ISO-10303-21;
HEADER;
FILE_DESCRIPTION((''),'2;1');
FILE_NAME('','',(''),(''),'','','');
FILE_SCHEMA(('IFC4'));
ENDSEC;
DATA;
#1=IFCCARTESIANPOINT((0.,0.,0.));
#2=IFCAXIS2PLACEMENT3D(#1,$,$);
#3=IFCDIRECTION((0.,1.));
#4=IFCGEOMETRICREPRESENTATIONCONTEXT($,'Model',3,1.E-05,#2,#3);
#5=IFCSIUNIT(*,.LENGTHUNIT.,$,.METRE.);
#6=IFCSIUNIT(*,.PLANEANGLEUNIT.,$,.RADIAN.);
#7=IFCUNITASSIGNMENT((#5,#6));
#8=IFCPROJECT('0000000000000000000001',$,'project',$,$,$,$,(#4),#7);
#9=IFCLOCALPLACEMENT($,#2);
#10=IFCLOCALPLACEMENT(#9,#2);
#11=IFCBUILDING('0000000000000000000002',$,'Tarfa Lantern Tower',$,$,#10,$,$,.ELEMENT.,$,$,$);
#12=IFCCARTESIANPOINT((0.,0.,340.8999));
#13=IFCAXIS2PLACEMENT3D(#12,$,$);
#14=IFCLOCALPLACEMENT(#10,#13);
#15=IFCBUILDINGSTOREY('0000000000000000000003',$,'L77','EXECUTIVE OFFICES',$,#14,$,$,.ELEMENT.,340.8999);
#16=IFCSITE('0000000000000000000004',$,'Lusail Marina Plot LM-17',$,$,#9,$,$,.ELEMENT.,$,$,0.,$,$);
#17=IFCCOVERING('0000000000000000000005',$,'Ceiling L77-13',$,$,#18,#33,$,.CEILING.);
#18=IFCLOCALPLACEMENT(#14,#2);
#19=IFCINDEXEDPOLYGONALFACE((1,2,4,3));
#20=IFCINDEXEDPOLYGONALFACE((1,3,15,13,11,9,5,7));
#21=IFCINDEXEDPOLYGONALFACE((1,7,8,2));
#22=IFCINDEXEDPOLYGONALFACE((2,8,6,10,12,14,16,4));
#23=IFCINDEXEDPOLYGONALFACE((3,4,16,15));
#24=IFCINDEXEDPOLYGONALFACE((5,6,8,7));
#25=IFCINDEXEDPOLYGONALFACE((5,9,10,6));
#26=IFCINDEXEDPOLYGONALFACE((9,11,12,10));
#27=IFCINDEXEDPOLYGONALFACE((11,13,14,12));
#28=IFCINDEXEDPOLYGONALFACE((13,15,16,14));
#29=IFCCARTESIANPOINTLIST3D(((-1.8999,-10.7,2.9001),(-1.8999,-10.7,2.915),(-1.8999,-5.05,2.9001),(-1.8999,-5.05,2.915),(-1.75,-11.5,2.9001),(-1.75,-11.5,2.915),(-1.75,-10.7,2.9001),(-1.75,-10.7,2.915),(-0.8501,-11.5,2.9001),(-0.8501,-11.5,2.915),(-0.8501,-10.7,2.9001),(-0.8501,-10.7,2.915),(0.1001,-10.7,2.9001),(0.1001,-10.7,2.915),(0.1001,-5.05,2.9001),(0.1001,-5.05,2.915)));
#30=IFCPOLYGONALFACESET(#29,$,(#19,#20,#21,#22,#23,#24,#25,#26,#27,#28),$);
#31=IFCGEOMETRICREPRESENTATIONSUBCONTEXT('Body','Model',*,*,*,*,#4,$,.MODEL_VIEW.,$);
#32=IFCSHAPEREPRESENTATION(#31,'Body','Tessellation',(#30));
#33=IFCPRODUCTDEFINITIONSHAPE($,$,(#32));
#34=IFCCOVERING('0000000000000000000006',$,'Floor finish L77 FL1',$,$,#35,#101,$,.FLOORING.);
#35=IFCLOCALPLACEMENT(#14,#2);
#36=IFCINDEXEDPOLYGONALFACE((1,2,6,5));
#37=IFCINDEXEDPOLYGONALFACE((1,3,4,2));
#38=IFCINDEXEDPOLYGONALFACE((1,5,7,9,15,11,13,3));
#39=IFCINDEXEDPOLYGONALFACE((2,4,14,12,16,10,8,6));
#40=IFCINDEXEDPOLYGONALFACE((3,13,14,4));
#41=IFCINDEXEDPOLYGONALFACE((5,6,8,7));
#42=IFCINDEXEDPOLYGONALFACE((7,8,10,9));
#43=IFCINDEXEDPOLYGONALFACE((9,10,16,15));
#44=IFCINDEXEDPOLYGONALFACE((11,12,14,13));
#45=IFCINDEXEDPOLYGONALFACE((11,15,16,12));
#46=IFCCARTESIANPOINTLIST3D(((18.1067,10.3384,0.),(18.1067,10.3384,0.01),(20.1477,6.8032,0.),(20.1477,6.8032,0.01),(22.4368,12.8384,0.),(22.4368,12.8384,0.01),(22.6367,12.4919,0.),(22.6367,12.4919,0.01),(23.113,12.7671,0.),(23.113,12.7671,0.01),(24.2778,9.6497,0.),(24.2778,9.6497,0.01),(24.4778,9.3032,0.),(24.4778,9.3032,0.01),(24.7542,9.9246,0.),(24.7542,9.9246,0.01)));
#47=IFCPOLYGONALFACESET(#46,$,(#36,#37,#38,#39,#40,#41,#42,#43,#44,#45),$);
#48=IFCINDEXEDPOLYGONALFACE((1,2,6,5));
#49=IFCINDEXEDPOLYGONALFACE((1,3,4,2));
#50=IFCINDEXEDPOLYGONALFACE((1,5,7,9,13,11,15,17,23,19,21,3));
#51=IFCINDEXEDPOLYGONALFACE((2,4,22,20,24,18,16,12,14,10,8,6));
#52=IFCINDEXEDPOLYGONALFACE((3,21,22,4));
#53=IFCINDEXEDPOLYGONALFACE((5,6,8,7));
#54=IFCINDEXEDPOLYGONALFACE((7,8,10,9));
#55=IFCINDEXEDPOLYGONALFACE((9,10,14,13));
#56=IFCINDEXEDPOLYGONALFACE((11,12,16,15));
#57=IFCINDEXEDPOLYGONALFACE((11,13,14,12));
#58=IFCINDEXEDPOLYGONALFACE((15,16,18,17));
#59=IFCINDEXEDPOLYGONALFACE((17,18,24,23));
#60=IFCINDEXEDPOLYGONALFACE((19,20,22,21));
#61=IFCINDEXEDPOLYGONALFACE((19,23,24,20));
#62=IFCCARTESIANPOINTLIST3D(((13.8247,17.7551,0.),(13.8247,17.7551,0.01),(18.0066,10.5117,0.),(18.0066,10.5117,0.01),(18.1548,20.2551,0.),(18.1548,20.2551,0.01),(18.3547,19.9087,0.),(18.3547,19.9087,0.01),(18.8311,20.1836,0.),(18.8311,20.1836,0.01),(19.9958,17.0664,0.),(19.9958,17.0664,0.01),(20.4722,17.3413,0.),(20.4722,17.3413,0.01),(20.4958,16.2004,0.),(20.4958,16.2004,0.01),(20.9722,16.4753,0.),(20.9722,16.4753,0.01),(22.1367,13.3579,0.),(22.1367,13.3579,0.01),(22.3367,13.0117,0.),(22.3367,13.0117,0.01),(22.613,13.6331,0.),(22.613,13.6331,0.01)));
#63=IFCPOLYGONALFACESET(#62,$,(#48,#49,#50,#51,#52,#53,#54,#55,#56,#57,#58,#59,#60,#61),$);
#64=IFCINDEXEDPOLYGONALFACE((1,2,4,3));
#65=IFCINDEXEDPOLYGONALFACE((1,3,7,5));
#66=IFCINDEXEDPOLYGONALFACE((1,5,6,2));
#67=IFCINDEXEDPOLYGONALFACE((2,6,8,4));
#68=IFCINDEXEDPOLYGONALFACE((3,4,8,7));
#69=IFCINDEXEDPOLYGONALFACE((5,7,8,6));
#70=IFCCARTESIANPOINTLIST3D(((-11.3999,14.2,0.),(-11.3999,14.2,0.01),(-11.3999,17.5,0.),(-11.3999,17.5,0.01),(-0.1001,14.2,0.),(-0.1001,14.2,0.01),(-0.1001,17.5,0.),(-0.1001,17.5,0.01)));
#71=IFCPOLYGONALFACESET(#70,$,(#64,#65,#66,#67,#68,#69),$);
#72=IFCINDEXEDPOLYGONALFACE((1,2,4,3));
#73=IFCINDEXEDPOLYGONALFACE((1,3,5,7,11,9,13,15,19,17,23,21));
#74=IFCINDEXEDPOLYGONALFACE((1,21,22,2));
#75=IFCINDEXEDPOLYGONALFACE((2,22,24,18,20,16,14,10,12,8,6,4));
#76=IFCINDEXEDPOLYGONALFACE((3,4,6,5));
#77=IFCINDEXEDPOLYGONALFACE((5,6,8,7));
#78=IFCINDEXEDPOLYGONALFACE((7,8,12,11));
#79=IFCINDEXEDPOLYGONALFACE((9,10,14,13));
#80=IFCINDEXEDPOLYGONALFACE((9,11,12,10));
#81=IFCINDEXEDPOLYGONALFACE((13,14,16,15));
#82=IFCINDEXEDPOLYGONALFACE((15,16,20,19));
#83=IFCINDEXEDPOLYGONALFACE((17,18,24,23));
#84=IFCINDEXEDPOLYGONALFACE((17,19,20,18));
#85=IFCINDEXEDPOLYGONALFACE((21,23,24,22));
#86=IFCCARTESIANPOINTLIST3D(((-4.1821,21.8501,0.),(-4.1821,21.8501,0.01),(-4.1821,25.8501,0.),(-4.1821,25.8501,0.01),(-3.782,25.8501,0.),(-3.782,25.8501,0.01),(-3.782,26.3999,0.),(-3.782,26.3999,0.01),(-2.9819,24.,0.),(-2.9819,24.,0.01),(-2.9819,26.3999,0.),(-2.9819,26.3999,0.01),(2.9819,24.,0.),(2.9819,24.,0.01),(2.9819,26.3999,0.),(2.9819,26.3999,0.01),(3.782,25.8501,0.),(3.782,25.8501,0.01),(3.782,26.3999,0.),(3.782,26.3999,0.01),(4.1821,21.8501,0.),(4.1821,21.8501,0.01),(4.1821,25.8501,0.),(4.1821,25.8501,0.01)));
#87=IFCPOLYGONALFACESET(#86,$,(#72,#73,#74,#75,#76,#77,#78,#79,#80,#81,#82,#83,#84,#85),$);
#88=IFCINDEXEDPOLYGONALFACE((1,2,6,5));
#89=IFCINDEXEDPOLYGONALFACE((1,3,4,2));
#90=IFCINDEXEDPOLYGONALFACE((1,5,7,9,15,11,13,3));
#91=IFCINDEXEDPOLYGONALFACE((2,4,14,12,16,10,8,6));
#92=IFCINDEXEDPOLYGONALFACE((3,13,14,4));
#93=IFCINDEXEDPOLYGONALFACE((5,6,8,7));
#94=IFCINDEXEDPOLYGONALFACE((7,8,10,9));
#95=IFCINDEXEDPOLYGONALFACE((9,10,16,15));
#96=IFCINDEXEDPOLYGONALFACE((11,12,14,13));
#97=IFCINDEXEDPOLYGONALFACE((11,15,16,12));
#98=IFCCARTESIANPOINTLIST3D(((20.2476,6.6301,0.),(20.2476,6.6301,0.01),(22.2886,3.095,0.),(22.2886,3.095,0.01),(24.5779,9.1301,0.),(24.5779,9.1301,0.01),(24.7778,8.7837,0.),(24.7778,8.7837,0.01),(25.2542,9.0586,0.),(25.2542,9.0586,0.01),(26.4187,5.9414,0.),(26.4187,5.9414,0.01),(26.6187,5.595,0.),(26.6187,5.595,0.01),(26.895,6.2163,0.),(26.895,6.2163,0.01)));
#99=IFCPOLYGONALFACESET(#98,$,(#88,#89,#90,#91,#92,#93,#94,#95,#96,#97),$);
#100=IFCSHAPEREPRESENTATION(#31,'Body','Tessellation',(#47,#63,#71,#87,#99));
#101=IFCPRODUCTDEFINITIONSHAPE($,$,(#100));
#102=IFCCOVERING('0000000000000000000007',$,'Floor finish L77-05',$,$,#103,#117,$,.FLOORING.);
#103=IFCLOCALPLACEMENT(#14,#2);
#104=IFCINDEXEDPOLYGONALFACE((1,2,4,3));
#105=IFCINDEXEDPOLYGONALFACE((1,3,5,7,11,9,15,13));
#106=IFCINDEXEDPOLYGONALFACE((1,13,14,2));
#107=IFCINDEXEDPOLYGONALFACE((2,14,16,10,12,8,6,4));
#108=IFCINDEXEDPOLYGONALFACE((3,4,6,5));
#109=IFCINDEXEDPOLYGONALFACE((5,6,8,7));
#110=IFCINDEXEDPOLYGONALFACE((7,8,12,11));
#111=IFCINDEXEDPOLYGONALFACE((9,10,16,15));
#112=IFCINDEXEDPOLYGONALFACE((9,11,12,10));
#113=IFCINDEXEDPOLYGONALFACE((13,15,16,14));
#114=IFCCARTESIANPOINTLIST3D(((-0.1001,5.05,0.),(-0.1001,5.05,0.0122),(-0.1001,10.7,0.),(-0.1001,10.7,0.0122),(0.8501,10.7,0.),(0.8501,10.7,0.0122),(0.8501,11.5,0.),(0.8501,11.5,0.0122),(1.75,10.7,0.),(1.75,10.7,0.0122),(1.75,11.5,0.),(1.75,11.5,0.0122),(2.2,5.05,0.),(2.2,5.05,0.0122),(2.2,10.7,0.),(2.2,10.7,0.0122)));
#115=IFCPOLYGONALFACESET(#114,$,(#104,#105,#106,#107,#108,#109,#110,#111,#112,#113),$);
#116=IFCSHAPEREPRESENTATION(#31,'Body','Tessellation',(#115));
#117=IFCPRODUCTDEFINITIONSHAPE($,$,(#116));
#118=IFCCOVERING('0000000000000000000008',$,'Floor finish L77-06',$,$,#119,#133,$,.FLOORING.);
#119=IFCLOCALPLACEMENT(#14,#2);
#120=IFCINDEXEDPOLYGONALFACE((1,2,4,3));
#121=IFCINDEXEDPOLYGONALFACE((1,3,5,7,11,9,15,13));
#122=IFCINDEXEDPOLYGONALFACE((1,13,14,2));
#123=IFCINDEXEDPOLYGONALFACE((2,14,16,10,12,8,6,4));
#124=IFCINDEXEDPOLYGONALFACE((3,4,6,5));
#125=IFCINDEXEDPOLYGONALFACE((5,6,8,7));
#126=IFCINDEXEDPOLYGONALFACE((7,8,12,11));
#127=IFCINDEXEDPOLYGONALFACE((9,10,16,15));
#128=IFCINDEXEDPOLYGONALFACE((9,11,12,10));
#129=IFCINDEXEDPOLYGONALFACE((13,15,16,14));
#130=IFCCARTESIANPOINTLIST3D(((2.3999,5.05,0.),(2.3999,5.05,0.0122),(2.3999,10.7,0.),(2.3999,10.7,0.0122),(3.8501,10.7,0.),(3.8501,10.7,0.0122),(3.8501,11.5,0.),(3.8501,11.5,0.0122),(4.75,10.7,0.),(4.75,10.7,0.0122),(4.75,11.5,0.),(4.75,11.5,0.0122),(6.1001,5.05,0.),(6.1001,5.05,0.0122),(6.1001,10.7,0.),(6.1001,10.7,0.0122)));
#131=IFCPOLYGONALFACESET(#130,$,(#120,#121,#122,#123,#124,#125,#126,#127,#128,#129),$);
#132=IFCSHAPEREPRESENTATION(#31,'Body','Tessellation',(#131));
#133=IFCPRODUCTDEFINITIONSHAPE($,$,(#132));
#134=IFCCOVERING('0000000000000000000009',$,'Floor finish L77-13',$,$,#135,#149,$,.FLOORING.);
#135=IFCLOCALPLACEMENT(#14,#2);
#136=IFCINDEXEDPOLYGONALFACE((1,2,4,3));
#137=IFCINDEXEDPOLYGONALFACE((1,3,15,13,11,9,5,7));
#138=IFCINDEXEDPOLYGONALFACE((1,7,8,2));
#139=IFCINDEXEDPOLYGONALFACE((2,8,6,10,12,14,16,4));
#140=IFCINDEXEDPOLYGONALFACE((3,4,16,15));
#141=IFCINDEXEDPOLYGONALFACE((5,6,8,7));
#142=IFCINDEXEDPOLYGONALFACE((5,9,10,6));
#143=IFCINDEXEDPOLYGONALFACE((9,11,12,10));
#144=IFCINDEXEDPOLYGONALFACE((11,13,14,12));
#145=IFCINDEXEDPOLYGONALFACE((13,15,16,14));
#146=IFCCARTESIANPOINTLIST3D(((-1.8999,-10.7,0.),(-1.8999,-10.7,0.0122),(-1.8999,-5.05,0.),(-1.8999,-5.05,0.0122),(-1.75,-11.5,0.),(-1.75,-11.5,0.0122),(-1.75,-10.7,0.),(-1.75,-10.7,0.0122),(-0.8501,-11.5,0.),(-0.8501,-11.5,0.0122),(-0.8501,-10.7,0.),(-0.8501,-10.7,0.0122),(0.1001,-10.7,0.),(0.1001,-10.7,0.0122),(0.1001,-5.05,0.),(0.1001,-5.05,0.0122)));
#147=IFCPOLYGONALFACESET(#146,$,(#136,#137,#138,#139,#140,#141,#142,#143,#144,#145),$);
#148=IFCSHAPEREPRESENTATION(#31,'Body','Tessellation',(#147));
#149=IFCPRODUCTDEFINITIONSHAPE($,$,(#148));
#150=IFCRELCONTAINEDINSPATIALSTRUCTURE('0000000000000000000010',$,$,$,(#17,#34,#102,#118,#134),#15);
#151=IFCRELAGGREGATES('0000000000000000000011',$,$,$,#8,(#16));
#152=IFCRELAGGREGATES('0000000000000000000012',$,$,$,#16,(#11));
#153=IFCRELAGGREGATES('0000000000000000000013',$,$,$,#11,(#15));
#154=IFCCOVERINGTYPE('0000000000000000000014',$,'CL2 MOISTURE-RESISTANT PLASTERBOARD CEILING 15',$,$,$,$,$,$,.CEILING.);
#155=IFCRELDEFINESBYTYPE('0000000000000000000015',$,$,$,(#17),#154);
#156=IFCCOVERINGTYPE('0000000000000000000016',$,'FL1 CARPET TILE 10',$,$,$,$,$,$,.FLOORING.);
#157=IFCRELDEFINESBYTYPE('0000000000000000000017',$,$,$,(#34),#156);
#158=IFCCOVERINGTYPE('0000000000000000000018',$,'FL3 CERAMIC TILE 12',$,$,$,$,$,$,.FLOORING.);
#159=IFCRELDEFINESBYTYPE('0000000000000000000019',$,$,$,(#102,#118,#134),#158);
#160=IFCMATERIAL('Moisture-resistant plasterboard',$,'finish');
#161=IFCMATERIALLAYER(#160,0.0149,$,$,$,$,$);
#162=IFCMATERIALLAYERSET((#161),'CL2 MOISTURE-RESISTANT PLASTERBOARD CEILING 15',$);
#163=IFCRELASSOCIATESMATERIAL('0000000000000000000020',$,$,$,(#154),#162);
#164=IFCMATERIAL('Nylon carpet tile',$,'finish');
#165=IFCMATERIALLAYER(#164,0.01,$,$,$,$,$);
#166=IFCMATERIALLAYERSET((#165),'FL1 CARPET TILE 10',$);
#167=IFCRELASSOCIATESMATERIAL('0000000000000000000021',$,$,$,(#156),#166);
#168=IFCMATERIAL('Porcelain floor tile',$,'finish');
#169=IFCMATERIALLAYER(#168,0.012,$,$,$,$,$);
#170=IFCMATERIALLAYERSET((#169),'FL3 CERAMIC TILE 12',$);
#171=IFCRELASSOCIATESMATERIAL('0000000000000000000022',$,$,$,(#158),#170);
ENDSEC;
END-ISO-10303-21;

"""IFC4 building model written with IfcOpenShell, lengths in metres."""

from ifc_helpers import new_model, si_unit, direction, frame, origin, place, context, subcontext, project, spatial, polyline, outline, extrude, material, layer, layer_set, type_object, element, save


model = new_model("IFC4")

# Units and contexts
model_context = context("Model", 3, precision=1e-05, world=origin(), true_north=direction((0.0, 1.0)))
body_context = subcontext(model_context, "Body", "Model", "MODEL_VIEW")
ifc_project = project(units=[si_unit("LENGTHUNIT", "METRE"), si_unit("PLANEANGLEUNIT", "RADIAN")], contexts=[model_context])

# Site, building, storey
site_placement = place(None, origin())
site = spatial("IfcSite", under=ifc_project, at=site_placement, Name="Lusail Marina Plot LM-17", CompositionType="ELEMENT", RefElevation=0.0)
building_placement = place(site_placement, origin())
building = spatial("IfcBuilding", under=site, at=building_placement, Name="Tarfa Lantern Tower", CompositionType="ELEMENT")
storey_placement = place(building_placement, frame((0.0, 0.0, 340.8999)))
storey = spatial("IfcBuildingStorey", under=building, at=storey_placement, Name="L77", Description="EXECUTIVE OFFICES", CompositionType="ELEMENT", Elevation=340.8999)

# Coverings
ifc_material_1 = material(Name="Moisture-resistant plasterboard", Category="finish")
ifc_layer_1 = layer(ifc_material_1, 0.0149)
ifc_layer_set_1 = layer_set([ifc_layer_1], Name="CL2 MOISTURE-RESISTANT PLASTERBOARD CEILING 15")
covering_type_1 = type_object("IfcCoveringType", Name="CL2 MOISTURE-RESISTANT PLASTERBOARD CEILING 15", PredefinedType="CEILING", material=ifc_layer_set_1)
covering_1_placement = place(storey_placement, frame((0.0, 0.0, 2.9001)))
element("IfcCovering", 1, at=covering_1_placement, inside=storey, type_object=covering_type_1, Name="Ceiling L77-13", PredefinedType="CEILING", context=body_context, shape_type="SweptSolid", body=[
    extrude(outline(polyline([(-0.8501, -10.7), (0.1001, -10.7), (0.1001, -5.05), (-1.8999, -5.05), (-1.8999, -10.7), (-1.75, -10.7), (-1.75, -11.5), (-1.75, -11.5), (-0.8501, -11.5), (-0.8501, -10.7)])), origin(), (0.0, 0.0, 1.0), 0.0149),
])
ifc_material_2 = material(Name="Nylon carpet tile", Category="finish")
ifc_layer_2 = layer(ifc_material_2, 0.01)
ifc_layer_set_2 = layer_set([ifc_layer_2], Name="FL1 CARPET TILE 10")
covering_type_2 = type_object("IfcCoveringType", Name="FL1 CARPET TILE 10", PredefinedType="FLOORING", material=ifc_layer_set_2)
covering_2_placement = place(storey_placement, origin())
element("IfcCovering", 2, at=covering_2_placement, inside=storey, type_object=covering_type_2, Name="Floor finish L77 FL1", PredefinedType="FLOORING", context=body_context, shape_type="SweptSolid", body=[
    extrude(outline(polyline([(18.1067, 10.3384), (22.4368, 12.8384), (22.6367, 12.4919), (23.113, 12.7671), (24.7542, 9.9246), (24.2778, 9.6497), (24.4778, 9.3032), (20.1477, 6.8032), (18.1067, 10.3384)])), origin(), (0.0, 0.0, 1.0), 0.01),
    extrude(outline(polyline([(13.8247, 17.7551), (18.1548, 20.2551), (18.3547, 19.9087), (18.8311, 20.1836), (20.4722, 17.3413), (19.9958, 17.0664), (20.4958, 16.2004), (20.9722, 16.4753), (22.613, 13.6331), (22.1367, 13.3579), (22.3367, 13.0117), (18.0066, 10.5117), (13.8247, 17.7551)])), origin(), (0.0, 0.0, 1.0), 0.01),
    extrude(outline(polyline([(-11.3999, 17.5), (-0.1001, 17.5), (-0.1001, 14.2), (-11.3999, 14.2), (-11.3999, 17.5)])), origin(), (0.0, 0.0, 1.0), 0.01),
    extrude(outline(polyline([(4.1821, 21.8501), (-4.1821, 21.8501), (-4.1821, 25.8501), (-3.782, 25.8501), (-3.782, 26.3999), (-2.9819, 26.3999), (-2.9819, 24.0), (2.9819, 24.0), (2.9819, 26.3999), (3.782, 26.3999), (3.782, 25.8501), (4.1821, 25.8501), (4.1821, 21.8501)])), origin(), (0.0, 0.0, 1.0), 0.01),
    extrude(outline(polyline([(20.2476, 6.6301), (24.5779, 9.1301), (24.7778, 8.7837), (25.2542, 9.0586), (26.895, 6.2163), (26.4187, 5.9414), (26.6187, 5.595), (22.2886, 3.095), (20.2476, 6.6301)])), origin(), (0.0, 0.0, 1.0), 0.01),
])
ifc_material_3 = material(Name="Porcelain floor tile", Category="finish")
ifc_layer_3 = layer(ifc_material_3, 0.012)
ifc_layer_set_3 = layer_set([ifc_layer_3], Name="FL3 CERAMIC TILE 12")
covering_type_3 = type_object("IfcCoveringType", Name="FL3 CERAMIC TILE 12", PredefinedType="FLOORING", material=ifc_layer_set_3)
covering_3_placement = place(storey_placement, origin())
element("IfcCovering", 3, at=covering_3_placement, inside=storey, type_object=covering_type_3, Name="Floor finish L77-05", PredefinedType="FLOORING", context=body_context, shape_type="SweptSolid", body=[
    extrude(outline(polyline([(0.8501, 10.7), (-0.1001, 10.7), (-0.1001, 5.05), (2.2, 5.05), (2.2, 10.7), (1.75, 10.7), (1.75, 11.5), (0.8501, 11.5), (0.8501, 10.7)])), origin(), (0.0, 0.0, 1.0), 0.0122),
])
covering_4_placement = place(storey_placement, origin())
element("IfcCovering", 4, at=covering_4_placement, inside=storey, type_object=covering_type_3, Name="Floor finish L77-06", PredefinedType="FLOORING", context=body_context, shape_type="SweptSolid", body=[
    extrude(outline(polyline([(2.3999, 5.05), (6.1001, 5.05), (6.1001, 10.7), (4.75, 10.7), (4.75, 11.5), (3.8501, 11.5), (3.8501, 10.7), (2.3999, 10.7), (2.3999, 5.05)])), origin(), (0.0, 0.0, 1.0), 0.0122),
])
covering_5_placement = place(storey_placement, origin())
element("IfcCovering", 5, at=covering_5_placement, inside=storey, type_object=covering_type_3, Name="Floor finish L77-13", PredefinedType="FLOORING", context=body_context, shape_type="SweptSolid", body=[
    extrude(outline(polyline([(-0.8501, -10.7), (0.1001, -10.7), (0.1001, -5.05), (-1.8999, -5.05), (-1.8999, -10.7), (-1.75, -10.7), (-1.75, -11.5), (-1.75, -11.5), (-0.8501, -11.5), (-0.8501, -10.7)])), origin(), (0.0, 0.0, 1.0), 0.0122),
])

save(model, "model.ifc")
